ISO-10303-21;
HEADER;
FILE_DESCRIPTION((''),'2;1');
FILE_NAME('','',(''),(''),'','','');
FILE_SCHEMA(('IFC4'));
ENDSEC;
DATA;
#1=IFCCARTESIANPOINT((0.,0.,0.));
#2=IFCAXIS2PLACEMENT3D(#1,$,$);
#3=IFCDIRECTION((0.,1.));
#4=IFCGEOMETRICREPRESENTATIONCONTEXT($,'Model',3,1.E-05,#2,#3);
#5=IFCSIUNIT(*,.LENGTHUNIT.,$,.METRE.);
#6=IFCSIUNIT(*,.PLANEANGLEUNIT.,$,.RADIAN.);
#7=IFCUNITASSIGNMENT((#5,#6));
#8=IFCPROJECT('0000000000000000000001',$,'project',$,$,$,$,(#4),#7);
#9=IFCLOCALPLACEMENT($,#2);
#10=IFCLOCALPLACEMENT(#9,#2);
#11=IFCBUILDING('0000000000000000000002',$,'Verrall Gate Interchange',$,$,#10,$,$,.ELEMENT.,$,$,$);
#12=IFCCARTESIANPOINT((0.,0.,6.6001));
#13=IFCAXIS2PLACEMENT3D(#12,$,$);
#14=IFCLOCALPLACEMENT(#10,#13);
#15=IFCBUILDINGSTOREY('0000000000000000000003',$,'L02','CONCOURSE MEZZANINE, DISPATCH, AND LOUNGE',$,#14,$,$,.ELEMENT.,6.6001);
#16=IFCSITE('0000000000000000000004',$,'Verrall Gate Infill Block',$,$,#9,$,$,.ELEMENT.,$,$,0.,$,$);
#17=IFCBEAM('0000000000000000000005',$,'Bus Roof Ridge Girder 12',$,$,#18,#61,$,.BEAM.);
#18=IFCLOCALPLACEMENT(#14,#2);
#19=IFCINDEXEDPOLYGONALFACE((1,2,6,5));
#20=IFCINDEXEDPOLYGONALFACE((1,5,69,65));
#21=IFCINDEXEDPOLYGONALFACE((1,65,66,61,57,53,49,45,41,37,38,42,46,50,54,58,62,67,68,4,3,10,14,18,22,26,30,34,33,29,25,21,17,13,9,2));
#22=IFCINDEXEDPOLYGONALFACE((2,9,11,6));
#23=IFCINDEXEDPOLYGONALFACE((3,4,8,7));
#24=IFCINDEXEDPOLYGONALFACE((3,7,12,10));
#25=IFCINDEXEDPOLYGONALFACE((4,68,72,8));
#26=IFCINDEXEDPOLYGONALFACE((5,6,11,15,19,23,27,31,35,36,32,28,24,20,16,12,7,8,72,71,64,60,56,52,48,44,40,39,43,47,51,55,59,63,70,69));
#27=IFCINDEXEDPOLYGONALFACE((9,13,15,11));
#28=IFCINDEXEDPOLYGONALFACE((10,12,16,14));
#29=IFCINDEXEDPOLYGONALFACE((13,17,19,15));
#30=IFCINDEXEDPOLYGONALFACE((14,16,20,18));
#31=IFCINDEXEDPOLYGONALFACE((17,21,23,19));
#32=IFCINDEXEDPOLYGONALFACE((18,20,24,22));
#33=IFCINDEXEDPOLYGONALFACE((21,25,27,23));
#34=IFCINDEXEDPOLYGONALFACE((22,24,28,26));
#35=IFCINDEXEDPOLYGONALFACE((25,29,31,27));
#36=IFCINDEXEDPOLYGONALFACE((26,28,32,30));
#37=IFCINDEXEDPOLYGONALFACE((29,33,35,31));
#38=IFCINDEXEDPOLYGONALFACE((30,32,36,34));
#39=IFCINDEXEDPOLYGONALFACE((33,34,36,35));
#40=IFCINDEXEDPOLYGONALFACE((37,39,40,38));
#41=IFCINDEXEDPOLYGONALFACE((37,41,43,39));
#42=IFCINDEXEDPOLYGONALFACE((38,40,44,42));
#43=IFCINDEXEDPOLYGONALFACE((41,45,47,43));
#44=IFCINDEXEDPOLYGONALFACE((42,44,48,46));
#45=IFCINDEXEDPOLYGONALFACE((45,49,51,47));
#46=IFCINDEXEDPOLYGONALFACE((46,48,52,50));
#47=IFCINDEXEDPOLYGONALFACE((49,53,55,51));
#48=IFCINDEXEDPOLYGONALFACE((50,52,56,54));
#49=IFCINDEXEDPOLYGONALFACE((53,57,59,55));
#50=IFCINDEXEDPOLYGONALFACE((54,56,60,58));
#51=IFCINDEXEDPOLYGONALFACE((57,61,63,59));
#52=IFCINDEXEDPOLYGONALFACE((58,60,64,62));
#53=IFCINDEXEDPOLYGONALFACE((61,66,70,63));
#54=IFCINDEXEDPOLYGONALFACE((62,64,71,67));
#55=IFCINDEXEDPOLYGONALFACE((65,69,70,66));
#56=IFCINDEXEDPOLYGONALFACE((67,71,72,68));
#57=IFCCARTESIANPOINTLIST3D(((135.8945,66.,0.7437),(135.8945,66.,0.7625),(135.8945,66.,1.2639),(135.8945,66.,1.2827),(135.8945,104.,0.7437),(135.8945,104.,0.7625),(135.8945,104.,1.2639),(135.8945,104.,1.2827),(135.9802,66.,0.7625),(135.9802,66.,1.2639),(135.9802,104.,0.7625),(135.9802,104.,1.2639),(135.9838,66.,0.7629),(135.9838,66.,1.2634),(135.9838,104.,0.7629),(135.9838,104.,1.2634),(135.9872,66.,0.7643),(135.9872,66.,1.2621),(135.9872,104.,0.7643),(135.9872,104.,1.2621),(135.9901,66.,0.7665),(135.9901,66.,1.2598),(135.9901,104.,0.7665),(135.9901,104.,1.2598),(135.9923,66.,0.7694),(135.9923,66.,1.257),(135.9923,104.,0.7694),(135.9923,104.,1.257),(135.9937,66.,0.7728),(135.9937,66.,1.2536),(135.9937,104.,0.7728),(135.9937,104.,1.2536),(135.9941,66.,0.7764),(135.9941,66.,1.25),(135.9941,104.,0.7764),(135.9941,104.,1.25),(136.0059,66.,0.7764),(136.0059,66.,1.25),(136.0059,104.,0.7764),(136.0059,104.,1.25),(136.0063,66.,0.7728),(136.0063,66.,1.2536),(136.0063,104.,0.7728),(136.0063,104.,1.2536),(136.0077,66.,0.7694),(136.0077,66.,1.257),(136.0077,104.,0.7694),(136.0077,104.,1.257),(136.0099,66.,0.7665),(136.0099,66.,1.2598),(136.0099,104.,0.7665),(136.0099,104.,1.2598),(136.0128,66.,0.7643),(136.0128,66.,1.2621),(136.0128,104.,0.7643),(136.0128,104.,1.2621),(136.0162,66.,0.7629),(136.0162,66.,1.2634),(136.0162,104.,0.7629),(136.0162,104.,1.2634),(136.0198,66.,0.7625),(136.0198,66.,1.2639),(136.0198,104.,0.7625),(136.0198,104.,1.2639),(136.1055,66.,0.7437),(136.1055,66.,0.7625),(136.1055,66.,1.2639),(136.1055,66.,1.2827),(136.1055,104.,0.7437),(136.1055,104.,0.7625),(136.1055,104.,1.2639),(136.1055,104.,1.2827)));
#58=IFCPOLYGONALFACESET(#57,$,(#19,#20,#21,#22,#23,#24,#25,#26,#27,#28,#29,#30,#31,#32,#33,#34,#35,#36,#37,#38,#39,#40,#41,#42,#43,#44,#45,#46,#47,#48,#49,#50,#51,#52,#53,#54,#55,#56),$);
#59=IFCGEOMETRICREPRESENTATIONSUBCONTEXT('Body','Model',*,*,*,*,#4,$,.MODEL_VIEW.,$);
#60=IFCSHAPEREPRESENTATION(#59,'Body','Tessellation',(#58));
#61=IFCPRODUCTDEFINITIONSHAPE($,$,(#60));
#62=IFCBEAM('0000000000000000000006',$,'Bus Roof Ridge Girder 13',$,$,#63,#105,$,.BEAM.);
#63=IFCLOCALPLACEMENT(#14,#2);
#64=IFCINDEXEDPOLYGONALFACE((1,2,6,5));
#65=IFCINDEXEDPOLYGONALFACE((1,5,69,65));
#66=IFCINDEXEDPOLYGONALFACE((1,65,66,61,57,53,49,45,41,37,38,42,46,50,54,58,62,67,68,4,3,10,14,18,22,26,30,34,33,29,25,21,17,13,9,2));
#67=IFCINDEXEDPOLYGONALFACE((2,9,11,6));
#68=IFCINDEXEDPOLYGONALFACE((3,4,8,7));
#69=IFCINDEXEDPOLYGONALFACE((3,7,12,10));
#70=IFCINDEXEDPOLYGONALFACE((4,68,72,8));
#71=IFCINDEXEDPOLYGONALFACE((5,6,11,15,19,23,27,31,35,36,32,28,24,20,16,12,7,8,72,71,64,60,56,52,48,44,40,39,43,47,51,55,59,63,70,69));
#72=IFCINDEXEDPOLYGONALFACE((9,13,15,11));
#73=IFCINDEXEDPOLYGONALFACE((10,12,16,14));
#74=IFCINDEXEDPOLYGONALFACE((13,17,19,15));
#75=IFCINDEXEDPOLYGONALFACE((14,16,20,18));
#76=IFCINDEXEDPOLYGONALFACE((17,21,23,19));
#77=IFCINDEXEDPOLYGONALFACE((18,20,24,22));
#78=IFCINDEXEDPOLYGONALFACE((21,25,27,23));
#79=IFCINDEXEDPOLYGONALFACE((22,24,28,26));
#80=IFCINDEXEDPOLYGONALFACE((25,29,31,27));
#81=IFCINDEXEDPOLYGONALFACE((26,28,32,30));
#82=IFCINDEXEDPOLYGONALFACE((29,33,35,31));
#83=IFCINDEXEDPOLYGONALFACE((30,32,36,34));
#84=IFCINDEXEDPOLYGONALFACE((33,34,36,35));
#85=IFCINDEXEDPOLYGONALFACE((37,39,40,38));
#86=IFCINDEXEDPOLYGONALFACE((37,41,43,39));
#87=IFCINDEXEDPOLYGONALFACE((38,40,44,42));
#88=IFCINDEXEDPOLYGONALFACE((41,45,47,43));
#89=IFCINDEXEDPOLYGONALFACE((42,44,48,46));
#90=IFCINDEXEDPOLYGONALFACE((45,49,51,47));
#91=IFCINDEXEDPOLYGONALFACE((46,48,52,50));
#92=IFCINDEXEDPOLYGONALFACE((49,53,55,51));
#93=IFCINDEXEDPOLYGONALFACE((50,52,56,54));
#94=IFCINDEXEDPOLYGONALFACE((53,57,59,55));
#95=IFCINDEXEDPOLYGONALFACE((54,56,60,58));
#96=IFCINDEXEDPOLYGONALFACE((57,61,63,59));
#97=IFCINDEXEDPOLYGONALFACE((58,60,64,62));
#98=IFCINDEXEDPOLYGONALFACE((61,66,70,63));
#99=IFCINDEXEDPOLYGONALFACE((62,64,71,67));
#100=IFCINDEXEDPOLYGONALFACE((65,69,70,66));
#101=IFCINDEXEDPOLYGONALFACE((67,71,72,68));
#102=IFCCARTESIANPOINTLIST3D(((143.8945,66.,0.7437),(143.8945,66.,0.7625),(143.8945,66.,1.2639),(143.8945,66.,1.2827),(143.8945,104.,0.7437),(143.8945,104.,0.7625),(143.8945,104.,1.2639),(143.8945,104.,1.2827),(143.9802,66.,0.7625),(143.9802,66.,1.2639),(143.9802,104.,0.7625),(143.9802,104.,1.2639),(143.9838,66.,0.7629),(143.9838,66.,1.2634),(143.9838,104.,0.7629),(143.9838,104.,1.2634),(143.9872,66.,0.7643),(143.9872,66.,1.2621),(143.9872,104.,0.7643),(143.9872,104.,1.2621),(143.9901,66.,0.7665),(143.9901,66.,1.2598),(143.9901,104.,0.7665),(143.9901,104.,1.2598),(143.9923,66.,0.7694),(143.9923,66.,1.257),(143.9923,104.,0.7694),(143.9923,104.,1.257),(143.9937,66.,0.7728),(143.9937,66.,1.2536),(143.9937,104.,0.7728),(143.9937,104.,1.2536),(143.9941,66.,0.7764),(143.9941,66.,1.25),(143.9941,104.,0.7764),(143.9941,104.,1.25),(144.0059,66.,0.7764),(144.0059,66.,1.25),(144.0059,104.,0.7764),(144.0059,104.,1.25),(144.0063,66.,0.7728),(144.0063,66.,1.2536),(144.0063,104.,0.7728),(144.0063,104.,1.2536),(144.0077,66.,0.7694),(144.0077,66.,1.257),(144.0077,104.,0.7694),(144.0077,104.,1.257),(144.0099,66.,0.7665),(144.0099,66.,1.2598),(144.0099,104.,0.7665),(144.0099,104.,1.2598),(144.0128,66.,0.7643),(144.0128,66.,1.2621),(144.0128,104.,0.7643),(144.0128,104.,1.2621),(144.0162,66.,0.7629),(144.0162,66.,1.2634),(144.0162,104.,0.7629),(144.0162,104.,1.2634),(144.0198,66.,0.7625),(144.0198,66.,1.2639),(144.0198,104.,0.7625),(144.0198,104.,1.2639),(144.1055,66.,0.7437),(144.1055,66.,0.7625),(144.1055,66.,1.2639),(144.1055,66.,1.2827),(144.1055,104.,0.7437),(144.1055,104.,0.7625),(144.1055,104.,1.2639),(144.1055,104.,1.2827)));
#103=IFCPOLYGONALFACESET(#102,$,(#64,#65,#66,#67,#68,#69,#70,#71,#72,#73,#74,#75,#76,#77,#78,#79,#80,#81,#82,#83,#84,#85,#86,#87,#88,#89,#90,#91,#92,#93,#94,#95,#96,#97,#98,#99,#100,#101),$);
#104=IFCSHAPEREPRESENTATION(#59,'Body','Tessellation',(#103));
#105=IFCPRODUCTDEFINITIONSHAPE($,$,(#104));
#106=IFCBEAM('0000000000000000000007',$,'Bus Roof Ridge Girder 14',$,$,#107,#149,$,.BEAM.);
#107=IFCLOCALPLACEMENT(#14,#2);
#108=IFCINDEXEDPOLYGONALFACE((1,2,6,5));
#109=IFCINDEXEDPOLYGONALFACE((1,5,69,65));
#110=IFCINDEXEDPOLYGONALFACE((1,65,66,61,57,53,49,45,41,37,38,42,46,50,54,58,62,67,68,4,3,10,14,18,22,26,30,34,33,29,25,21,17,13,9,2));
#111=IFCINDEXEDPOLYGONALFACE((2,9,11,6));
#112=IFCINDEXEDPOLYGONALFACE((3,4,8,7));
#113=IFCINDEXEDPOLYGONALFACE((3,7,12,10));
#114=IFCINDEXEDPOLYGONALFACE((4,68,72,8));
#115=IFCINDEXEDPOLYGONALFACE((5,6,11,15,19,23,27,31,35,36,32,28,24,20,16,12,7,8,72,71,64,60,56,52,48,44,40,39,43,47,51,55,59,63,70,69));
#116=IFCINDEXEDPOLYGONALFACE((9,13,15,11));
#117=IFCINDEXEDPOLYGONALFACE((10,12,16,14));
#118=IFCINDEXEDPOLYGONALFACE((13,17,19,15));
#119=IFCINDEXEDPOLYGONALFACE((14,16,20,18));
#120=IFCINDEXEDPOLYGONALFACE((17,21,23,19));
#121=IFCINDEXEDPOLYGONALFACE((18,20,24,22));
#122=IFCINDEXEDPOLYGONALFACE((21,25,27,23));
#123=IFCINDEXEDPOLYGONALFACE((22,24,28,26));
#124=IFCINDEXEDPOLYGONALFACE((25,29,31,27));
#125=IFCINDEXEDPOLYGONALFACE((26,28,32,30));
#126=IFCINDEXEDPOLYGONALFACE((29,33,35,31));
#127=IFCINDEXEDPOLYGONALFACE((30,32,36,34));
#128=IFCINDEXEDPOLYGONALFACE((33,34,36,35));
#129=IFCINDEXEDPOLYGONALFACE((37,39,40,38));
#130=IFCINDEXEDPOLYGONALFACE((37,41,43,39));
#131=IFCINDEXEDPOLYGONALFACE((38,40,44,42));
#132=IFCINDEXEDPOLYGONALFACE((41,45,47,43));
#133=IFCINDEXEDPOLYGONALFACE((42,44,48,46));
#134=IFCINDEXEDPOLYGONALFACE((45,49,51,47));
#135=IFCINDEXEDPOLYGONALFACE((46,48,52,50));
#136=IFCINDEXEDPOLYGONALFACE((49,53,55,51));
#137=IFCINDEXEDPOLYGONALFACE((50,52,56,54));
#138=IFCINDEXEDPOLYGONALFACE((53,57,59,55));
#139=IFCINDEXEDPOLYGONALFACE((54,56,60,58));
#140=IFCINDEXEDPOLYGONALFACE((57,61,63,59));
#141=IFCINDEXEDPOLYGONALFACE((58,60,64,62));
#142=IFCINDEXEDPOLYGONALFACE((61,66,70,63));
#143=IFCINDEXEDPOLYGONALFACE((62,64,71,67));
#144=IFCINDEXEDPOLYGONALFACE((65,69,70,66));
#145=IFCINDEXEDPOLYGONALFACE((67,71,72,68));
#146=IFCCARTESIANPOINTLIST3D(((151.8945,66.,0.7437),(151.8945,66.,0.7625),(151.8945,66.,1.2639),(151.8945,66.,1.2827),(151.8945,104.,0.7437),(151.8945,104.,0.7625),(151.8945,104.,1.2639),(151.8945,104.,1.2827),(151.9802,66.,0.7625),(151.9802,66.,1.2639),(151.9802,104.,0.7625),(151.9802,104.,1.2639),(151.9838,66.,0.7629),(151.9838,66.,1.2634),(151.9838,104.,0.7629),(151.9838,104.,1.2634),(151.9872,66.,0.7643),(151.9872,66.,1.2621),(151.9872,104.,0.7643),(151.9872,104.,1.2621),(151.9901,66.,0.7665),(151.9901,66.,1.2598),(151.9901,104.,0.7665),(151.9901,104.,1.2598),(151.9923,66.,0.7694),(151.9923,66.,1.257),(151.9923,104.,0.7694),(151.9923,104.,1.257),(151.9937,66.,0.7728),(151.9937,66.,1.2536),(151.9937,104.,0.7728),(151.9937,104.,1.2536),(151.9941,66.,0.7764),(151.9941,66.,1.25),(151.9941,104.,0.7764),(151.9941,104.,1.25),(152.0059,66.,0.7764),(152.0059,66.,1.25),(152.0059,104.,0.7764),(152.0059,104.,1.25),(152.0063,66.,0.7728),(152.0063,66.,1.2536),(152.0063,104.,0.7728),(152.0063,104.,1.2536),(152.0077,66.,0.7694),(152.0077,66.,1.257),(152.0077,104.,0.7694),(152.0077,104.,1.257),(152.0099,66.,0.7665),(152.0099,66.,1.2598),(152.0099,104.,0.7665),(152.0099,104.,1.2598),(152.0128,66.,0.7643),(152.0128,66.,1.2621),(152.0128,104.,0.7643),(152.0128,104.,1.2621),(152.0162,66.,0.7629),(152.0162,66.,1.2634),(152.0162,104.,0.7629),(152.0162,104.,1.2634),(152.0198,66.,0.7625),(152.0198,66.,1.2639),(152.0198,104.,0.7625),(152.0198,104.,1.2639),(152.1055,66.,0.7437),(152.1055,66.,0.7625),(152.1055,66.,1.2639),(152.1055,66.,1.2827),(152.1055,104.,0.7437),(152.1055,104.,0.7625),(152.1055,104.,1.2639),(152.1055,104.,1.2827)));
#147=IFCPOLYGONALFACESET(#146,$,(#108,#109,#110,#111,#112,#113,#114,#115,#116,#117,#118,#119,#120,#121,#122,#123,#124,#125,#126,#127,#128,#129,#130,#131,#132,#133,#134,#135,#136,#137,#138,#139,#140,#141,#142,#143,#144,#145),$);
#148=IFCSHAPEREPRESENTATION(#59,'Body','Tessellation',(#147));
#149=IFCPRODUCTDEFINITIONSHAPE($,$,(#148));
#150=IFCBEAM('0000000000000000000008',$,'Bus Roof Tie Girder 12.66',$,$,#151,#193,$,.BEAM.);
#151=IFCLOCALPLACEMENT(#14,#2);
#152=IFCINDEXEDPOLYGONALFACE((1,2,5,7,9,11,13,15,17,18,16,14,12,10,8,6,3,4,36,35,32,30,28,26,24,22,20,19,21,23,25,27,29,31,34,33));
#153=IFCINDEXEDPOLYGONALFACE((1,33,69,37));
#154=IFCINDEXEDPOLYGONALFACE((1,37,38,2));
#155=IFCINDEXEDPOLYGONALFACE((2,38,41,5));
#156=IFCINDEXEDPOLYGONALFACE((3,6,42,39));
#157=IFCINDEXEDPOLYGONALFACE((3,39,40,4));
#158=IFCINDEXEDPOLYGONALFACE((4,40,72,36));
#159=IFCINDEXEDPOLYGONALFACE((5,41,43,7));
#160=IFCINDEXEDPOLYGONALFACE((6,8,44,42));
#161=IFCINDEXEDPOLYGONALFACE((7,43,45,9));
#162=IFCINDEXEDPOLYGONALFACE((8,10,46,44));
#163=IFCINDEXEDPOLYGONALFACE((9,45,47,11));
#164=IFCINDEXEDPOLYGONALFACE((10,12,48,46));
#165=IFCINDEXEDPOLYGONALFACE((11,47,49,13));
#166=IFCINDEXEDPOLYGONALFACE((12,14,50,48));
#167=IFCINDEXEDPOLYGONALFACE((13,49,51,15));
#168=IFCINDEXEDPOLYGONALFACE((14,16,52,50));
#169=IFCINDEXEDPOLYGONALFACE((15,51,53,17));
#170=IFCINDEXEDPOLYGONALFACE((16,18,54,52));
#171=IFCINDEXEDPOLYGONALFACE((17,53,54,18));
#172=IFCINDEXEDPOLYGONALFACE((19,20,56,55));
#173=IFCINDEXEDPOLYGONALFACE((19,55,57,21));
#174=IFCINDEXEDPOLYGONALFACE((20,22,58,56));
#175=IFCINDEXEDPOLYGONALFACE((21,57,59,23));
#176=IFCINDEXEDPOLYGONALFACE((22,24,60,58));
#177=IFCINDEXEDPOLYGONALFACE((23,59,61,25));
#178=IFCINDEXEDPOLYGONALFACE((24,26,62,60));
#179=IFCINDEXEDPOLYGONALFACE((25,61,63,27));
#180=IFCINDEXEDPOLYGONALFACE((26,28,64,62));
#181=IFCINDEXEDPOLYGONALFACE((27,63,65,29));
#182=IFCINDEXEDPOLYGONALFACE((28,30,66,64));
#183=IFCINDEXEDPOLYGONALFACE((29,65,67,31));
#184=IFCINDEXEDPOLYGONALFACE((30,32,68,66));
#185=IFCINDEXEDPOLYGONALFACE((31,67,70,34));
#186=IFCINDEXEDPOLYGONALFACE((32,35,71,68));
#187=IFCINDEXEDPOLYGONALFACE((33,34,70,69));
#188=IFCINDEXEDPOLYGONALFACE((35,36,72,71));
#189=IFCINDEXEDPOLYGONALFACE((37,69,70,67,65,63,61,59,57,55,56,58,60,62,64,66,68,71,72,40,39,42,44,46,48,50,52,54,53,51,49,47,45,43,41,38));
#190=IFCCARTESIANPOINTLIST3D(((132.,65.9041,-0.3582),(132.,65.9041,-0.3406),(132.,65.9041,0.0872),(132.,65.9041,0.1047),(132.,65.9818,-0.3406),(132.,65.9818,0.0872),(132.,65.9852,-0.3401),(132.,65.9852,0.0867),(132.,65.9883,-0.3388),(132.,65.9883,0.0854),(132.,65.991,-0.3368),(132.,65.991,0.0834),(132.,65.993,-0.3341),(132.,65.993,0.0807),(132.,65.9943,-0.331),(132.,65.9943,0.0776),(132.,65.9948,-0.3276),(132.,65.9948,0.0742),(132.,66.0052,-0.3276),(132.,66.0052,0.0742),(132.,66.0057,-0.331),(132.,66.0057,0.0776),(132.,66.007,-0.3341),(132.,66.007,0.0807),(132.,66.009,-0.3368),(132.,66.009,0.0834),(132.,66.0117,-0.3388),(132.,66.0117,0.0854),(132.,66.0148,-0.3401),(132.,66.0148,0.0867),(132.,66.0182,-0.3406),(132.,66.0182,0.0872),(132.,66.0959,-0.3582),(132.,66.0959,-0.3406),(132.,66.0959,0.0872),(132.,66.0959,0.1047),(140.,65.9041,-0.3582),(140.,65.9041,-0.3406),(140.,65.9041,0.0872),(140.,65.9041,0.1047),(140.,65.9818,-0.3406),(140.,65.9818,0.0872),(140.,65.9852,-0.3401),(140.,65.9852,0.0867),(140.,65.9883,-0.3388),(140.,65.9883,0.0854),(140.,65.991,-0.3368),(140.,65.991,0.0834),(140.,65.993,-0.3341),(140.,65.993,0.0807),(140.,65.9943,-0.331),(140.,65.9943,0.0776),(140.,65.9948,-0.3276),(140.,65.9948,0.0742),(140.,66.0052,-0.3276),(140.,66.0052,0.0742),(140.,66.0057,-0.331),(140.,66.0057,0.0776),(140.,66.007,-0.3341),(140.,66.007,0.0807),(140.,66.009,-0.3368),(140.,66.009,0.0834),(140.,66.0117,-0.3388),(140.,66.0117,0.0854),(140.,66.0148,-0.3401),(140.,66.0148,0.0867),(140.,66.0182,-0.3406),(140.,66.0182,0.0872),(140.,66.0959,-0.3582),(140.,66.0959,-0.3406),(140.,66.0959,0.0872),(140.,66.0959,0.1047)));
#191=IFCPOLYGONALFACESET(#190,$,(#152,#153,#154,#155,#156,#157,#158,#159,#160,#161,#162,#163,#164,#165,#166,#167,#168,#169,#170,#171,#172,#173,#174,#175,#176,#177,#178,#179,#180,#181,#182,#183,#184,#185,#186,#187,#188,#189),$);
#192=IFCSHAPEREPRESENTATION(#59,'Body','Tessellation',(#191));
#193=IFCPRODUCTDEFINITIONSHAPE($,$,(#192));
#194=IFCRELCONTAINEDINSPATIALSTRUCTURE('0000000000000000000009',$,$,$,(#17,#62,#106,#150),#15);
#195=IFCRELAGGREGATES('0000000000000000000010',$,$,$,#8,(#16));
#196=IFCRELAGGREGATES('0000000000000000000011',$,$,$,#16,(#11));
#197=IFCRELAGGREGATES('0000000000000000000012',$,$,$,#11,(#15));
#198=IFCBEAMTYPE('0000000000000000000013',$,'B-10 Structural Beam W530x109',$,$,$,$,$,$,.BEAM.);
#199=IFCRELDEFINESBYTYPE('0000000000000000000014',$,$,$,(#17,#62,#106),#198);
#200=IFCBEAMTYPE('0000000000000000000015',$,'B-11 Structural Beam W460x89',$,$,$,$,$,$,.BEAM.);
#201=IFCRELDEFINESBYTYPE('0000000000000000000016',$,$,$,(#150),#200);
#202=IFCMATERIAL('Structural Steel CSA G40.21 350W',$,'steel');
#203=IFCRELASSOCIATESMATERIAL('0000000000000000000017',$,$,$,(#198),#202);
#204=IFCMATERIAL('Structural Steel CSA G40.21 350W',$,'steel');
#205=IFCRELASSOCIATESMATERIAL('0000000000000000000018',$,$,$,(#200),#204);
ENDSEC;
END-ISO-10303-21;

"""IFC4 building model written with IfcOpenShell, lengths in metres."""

from ifc_helpers import new_model, si_unit, direction, frame, origin, origin_2d, place, context, subcontext, project, spatial, i_section, extrude, material, material_profile, profile_set, type_object, element, save


model = new_model("IFC4")

# Units and contexts
model_context = context("Model", 3, precision=1e-05, world=origin(), true_north=direction((0.0, 1.0)))
body_context = subcontext(model_context, "Body", "Model", "MODEL_VIEW")
ifc_project = project(units=[si_unit("LENGTHUNIT", "METRE"), si_unit("PLANEANGLEUNIT", "RADIAN")], contexts=[model_context])

# Site, building, storey
site_placement = place(None, origin())
site = spatial("IfcSite", under=ifc_project, at=site_placement, Name="Verrall Gate Infill Block", CompositionType="ELEMENT", RefElevation=0.0)
building_placement = place(site_placement, origin())
building = spatial("IfcBuilding", under=site, at=building_placement, Name="Verrall Gate Interchange", CompositionType="ELEMENT")
storey_placement = place(building_placement, frame((0.0, 0.0, 6.6001)))
storey = spatial("IfcBuildingStorey", under=building, at=storey_placement, Name="L02", Description="CONCOURSE MEZZANINE, DISPATCH, AND LOUNGE", CompositionType="ELEMENT", Elevation=6.6001)

# Beams
ifc_material_1 = material(Name="Structural Steel CSA G40.21 350W", Category="steel")
ifc_material_profile_1 = material_profile(ifc_material_1, i_section(OverallWidth=0.2109, OverallDepth=0.5391, WebThickness=0.0117, FlangeThickness=0.0188, FilletRadius=0.0139, at=origin_2d()), Name="W530x109")
ifc_profile_set_1 = profile_set([ifc_material_profile_1], Name="Structural Steel CSA G40.21 350W")
beam_type_1 = type_object("IfcBeamType", Name="B-10 Structural Beam W530x109", PredefinedType="BEAM", material=ifc_profile_set_1)
for number, where, z_axis, x_axis, name in (
    (1, (136.0, 66.0, 1.0132), (0.0, 1.0, 0.0), (-1.0, 0.0, 0.0), "Bus Roof Ridge Girder 12"),
    (2, (144.0, 66.0, 1.0132), (0.0, 1.0, 0.0), (-1.0, 0.0, 0.0), "Bus Roof Ridge Girder 13"),
    (3, (152.0, 66.0, 1.0132), (0.0, 1.0, 0.0), (-1.0, 0.0, 0.0), "Bus Roof Ridge Girder 14"),
):
    element("IfcBeam", number, at=place(storey_placement, frame(where, z_axis=z_axis, x_axis=x_axis)), inside=storey, type_object=beam_type_1, Name=name, PredefinedType="BEAM", context=body_context, shape_type="SweptSolid", body=[
        extrude(i_section(OverallWidth=0.2109, OverallDepth=0.5391, WebThickness=0.0117, FlangeThickness=0.0188, FilletRadius=0.0139, at=origin_2d()), origin(), (0.0, 0.0, 1.0), 38.0),
    ])
ifc_material_2 = material(Name="Structural Steel CSA G40.21 350W", Category="steel")
ifc_material_profile_2 = material_profile(ifc_material_2, i_section(OverallWidth=0.1919, OverallDepth=0.4629, WebThickness=0.0105, FlangeThickness=0.0176, FilletRadius=0.0129, at=origin_2d()), Name="W460x89")
ifc_profile_set_2 = profile_set([ifc_material_profile_2], Name="Structural Steel CSA G40.21 350W")
beam_type_2 = type_object("IfcBeamType", Name="B-11 Structural Beam W460x89", PredefinedType="BEAM", material=ifc_profile_set_2)
for number, where, z_axis, x_axis, name in (
    (4, (132.0, 66.0, -0.1267), (1.0, 0.0, 0.0), (0.0, 1.0, 0.0), "Bus Roof Tie Girder 12.66"),
):
    element("IfcBeam", number, at=place(storey_placement, frame(where, z_axis=z_axis, x_axis=x_axis)), inside=storey, type_object=beam_type_2, Name=name, PredefinedType="BEAM", context=body_context, shape_type="SweptSolid", body=[
        extrude(i_section(OverallWidth=0.1919, OverallDepth=0.4629, WebThickness=0.0105, FlangeThickness=0.0176, FilletRadius=0.0129, at=origin_2d()), origin(), (0.0, 0.0, 1.0), 8.0),
    ])

save(model, "model.ifc")
